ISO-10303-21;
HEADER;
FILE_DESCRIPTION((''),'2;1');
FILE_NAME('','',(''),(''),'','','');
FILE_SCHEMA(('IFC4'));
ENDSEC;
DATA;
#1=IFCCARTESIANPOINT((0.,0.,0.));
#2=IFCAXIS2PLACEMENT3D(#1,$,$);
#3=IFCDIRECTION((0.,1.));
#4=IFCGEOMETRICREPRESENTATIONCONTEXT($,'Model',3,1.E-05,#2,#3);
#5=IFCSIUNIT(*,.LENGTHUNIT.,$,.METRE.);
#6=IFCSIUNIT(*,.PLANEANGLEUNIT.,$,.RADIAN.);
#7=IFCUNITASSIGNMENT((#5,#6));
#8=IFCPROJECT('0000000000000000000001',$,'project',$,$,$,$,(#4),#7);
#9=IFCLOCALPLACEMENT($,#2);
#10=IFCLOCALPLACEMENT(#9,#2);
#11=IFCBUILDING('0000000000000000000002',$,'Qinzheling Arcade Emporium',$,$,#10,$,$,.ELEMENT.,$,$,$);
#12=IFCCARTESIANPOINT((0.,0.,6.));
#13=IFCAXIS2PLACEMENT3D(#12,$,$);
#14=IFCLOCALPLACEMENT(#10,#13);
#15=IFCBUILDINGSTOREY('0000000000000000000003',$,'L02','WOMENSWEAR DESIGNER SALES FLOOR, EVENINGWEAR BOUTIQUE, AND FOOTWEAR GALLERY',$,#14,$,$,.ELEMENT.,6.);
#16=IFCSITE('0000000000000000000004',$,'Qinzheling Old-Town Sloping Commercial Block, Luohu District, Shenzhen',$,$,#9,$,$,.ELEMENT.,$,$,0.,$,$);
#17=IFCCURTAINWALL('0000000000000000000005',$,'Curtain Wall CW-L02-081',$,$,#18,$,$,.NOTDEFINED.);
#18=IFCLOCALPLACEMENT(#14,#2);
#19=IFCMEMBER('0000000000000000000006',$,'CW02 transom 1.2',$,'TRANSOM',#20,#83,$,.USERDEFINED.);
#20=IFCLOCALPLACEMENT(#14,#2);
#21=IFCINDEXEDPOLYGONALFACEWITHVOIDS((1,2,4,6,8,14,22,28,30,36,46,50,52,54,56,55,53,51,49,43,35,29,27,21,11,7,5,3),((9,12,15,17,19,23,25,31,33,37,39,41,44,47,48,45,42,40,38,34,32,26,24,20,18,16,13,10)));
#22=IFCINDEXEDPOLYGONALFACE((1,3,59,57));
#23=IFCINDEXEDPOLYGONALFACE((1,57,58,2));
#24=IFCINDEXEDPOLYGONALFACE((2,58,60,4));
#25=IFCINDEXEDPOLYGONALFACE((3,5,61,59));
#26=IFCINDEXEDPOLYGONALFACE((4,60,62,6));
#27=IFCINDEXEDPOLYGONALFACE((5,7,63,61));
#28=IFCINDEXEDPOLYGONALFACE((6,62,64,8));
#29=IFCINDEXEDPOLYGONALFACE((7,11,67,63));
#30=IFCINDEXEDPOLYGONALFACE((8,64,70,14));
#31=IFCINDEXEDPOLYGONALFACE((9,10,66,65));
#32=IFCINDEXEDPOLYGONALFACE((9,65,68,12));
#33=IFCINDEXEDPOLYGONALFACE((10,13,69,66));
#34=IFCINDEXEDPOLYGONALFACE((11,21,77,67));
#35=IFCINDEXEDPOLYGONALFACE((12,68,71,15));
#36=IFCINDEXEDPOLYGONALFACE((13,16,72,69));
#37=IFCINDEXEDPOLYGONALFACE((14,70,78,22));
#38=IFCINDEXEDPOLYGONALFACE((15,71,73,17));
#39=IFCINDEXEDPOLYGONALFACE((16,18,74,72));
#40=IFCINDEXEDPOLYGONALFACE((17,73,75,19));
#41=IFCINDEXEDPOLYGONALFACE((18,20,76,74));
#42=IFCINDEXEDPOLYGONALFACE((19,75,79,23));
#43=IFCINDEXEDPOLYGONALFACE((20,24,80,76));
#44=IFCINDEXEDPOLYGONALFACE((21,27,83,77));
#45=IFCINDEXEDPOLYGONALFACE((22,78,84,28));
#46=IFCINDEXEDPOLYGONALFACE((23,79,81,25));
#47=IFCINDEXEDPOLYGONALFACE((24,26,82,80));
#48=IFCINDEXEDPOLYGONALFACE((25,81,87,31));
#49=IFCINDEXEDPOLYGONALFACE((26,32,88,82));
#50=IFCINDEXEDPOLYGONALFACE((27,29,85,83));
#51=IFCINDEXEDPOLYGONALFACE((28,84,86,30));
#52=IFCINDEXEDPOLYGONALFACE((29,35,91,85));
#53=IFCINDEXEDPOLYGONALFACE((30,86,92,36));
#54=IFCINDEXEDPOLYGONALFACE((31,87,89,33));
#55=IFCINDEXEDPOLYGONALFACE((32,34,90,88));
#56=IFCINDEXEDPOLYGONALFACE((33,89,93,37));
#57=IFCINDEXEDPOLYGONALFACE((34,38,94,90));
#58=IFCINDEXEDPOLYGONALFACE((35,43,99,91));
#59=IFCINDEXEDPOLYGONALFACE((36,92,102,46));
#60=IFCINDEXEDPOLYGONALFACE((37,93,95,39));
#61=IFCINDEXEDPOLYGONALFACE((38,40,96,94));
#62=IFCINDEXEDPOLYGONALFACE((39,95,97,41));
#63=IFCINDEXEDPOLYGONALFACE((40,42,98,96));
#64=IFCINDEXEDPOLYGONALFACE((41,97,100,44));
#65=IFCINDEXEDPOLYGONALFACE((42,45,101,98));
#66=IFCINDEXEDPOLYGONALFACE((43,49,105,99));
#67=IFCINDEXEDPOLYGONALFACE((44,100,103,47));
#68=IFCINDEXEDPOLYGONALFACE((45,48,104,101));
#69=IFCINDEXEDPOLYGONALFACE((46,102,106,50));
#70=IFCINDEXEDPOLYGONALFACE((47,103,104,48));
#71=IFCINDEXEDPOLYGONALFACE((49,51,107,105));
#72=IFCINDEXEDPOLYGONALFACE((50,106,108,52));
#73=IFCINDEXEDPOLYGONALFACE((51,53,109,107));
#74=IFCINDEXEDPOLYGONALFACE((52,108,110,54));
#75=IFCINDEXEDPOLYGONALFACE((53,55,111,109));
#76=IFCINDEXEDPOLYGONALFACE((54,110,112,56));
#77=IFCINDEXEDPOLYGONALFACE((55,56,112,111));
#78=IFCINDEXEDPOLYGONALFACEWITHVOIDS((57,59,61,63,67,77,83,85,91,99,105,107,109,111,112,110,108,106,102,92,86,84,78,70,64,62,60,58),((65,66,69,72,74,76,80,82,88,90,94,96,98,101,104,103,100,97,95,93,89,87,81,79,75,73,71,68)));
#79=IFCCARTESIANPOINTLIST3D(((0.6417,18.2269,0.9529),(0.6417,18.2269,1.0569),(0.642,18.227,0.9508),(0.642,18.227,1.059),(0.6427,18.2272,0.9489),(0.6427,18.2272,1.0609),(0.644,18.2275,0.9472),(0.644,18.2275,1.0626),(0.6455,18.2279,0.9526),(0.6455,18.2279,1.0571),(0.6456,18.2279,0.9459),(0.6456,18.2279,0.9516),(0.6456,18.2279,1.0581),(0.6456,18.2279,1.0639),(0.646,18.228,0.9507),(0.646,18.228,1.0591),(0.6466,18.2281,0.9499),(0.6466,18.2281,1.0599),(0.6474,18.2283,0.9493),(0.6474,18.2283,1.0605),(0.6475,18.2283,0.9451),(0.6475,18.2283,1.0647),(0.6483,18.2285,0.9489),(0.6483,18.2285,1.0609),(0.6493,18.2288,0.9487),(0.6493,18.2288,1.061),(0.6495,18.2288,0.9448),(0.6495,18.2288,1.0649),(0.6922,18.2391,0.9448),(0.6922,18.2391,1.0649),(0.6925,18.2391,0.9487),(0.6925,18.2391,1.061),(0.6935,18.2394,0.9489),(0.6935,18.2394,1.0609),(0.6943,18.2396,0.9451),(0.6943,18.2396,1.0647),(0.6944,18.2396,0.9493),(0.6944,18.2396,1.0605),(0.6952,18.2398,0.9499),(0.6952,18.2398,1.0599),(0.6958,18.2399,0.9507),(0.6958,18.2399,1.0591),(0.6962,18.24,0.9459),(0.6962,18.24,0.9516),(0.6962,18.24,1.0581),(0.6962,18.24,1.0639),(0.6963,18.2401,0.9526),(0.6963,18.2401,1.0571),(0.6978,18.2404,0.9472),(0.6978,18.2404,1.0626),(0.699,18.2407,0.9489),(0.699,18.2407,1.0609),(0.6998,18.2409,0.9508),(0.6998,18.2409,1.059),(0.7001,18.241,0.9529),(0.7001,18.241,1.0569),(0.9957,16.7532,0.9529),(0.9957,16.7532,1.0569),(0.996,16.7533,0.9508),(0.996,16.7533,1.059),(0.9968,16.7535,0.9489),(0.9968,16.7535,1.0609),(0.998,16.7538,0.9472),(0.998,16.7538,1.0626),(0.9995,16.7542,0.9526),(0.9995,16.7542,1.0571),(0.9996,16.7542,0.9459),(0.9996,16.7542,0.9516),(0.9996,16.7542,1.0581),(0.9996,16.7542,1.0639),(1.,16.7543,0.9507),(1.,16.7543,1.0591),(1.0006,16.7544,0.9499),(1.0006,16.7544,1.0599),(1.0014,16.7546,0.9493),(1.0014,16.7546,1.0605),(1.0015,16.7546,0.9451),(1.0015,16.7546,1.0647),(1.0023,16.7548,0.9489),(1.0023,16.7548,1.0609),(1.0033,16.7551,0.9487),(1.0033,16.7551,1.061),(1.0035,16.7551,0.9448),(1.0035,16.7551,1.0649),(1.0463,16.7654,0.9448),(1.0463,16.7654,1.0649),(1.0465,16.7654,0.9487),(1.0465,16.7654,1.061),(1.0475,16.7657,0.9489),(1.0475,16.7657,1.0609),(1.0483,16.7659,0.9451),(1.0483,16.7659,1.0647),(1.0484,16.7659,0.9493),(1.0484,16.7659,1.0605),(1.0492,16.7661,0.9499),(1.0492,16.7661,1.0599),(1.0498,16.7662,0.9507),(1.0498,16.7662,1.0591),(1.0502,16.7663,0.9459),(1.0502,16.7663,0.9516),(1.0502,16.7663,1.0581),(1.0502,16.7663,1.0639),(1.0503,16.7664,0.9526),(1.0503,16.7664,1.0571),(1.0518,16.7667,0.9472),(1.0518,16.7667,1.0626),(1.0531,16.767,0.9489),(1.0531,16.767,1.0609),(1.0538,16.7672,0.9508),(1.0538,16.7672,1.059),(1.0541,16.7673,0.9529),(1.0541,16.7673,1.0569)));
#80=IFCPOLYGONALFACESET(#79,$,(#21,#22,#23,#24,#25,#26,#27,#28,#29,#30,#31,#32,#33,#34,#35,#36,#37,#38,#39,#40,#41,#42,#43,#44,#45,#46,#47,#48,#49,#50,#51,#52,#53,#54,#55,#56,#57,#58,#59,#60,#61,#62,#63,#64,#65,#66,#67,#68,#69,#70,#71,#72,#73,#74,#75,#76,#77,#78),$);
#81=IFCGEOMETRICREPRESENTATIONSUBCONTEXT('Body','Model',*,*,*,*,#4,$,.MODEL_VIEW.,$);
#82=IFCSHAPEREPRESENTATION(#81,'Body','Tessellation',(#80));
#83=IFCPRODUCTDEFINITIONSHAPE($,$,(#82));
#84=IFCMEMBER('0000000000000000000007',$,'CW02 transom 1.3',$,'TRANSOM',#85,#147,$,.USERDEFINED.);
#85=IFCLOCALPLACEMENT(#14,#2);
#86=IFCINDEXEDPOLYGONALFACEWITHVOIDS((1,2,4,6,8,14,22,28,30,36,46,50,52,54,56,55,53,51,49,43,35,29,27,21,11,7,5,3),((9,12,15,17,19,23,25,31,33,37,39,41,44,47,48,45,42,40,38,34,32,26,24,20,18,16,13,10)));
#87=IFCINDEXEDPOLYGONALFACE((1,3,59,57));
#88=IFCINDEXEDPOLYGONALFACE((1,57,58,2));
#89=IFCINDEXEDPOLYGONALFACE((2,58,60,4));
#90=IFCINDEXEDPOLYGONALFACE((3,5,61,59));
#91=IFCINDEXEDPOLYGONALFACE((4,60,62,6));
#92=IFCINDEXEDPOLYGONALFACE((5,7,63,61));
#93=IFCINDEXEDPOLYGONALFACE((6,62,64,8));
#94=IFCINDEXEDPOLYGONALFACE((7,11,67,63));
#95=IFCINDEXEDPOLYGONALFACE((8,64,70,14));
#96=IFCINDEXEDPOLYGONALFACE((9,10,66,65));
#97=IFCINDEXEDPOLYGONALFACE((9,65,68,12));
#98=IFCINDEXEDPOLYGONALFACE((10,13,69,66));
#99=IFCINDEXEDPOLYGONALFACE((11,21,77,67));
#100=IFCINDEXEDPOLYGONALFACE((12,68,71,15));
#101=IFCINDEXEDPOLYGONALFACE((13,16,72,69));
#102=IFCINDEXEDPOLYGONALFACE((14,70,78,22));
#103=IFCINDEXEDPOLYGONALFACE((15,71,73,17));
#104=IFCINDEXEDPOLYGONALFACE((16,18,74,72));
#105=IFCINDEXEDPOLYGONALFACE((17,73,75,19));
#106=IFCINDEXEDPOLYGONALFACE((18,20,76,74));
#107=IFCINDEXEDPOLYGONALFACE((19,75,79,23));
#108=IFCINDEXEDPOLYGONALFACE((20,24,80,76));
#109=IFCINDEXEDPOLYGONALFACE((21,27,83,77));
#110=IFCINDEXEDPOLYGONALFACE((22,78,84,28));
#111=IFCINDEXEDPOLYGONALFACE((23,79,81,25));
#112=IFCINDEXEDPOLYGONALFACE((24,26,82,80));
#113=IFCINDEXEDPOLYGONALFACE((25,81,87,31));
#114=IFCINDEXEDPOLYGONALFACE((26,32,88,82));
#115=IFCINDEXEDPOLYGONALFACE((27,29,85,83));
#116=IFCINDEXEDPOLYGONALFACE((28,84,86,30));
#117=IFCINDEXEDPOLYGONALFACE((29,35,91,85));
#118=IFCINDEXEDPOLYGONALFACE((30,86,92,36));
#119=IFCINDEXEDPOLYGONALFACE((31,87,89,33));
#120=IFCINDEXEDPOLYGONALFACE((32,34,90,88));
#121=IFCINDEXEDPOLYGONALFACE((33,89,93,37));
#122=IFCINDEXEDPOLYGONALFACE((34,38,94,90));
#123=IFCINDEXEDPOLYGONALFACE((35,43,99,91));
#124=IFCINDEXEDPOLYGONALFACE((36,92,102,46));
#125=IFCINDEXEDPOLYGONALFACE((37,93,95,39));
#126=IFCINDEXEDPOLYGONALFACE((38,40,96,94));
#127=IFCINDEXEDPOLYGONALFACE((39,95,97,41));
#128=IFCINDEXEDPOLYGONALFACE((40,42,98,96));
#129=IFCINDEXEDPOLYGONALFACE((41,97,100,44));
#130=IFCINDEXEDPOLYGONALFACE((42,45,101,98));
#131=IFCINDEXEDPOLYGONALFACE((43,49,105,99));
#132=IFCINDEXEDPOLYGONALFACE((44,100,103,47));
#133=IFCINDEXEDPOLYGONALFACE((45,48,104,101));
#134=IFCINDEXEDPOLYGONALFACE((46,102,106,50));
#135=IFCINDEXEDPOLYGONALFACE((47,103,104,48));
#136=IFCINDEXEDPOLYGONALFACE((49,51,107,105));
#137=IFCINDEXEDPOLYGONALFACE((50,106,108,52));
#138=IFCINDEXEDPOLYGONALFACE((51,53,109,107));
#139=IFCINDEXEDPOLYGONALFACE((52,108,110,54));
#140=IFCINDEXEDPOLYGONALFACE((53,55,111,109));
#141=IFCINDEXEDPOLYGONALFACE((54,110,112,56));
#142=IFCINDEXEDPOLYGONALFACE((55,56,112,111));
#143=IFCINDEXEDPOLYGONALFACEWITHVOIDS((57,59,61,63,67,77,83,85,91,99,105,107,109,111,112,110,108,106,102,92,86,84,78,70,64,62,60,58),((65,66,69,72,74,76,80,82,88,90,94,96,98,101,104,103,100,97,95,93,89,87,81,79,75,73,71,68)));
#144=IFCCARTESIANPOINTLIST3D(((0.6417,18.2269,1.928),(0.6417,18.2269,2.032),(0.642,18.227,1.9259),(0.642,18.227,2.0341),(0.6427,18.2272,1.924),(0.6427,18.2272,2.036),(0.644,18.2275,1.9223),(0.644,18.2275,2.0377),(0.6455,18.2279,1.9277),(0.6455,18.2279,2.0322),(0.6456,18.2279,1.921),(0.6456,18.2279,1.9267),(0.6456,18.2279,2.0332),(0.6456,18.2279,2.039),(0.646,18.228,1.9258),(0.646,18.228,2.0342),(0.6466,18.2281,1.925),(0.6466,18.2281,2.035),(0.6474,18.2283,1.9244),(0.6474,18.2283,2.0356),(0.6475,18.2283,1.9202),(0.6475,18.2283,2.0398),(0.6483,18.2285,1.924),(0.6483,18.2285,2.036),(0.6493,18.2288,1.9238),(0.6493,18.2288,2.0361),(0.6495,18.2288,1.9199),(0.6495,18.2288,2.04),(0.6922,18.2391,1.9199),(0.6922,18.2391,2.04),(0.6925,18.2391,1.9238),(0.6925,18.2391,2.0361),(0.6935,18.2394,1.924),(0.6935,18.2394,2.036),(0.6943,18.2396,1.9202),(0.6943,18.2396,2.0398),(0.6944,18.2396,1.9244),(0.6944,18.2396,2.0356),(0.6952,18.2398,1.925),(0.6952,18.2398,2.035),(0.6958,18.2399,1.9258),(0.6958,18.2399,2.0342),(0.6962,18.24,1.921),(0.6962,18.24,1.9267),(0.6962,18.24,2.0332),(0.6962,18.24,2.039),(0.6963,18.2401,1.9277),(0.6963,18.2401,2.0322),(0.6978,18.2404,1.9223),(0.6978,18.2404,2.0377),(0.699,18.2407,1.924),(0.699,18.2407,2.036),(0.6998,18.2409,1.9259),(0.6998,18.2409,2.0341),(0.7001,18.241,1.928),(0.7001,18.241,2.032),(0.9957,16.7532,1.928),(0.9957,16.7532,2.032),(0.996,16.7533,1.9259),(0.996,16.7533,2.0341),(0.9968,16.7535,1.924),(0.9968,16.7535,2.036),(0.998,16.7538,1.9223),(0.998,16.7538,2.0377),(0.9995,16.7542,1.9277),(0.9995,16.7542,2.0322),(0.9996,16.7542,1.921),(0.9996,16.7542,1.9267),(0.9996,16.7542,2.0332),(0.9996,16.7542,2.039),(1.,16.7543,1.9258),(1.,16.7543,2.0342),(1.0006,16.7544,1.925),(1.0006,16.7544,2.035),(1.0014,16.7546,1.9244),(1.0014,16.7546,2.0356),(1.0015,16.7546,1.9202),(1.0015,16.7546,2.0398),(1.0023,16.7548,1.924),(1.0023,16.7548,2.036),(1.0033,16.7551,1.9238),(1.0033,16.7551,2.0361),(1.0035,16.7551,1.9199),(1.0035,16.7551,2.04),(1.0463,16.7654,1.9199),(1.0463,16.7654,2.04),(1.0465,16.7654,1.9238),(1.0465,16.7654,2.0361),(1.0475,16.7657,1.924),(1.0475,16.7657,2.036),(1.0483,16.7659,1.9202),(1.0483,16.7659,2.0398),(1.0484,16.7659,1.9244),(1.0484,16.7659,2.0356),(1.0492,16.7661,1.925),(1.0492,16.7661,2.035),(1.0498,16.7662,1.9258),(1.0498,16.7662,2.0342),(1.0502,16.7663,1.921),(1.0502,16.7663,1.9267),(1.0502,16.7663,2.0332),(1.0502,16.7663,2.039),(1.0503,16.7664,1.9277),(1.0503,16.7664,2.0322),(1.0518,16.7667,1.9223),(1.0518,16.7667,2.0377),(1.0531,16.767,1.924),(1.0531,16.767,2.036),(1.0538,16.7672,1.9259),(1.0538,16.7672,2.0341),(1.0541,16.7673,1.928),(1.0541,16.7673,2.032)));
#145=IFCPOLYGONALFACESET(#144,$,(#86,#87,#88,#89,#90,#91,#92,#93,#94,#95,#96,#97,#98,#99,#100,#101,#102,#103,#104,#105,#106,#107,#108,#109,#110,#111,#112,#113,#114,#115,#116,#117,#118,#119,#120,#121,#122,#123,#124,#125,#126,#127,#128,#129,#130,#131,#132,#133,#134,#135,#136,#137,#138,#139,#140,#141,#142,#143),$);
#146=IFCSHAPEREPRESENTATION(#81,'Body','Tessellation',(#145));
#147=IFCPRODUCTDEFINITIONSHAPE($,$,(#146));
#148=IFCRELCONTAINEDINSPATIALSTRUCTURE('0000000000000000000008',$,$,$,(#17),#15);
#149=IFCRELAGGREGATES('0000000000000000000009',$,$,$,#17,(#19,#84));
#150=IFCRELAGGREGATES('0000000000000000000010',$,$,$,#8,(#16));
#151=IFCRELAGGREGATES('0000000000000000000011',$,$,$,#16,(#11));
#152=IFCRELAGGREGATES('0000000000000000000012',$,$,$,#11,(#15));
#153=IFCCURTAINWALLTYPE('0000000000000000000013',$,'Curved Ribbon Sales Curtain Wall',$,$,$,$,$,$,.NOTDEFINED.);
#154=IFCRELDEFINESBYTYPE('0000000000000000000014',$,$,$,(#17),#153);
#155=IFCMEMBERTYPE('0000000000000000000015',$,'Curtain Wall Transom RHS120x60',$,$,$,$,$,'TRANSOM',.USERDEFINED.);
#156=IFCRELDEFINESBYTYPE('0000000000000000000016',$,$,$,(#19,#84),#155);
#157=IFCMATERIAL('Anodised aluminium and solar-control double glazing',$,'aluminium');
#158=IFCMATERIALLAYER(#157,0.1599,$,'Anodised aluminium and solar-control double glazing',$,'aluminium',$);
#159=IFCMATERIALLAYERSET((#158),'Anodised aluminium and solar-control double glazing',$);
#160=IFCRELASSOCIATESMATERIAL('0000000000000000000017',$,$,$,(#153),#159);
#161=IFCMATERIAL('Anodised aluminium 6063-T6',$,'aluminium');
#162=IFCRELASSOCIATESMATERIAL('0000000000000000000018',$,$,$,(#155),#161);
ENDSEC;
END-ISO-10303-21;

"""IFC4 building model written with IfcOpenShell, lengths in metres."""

from ifc_helpers import new_model, si_unit, direction, frame, origin, origin_2d, place, context, subcontext, project, spatial, hollow_rectangle, extrude, material, layer, layer_set, material_profile, profile_set, type_object, element, aggregate, save


model = new_model("IFC4")

# Units and contexts
model_context = context("Model", 3, precision=1e-05, world=origin(), true_north=direction((0.0, 1.0)))
body_context = subcontext(model_context, "Body", "Model", "MODEL_VIEW")
ifc_project = project(units=[si_unit("LENGTHUNIT", "METRE"), si_unit("PLANEANGLEUNIT", "RADIAN")], contexts=[model_context])

# Site, building, storey
site_placement = place(None, origin())
site = spatial("IfcSite", under=ifc_project, at=site_placement, Name="Qinzheling Old-Town Sloping Commercial Block, Luohu District, Shenzhen", CompositionType="ELEMENT", RefElevation=0.0)
building_placement = place(site_placement, origin())
building = spatial("IfcBuilding", under=site, at=building_placement, Name="Qinzheling Arcade Emporium", CompositionType="ELEMENT")
storey_placement = place(building_placement, frame((0.0, 0.0, 6.0)))
storey = spatial("IfcBuildingStorey", under=building, at=storey_placement, Name="L02", Description="WOMENSWEAR DESIGNER SALES FLOOR, EVENINGWEAR BOUTIQUE, AND FOOTWEAR GALLERY", CompositionType="ELEMENT", Elevation=6.0)

# Curtain wall, members
ifc_material_1 = material(Name="Anodised aluminium and solar-control double glazing", Category="aluminium")
ifc_layer_1 = layer(ifc_material_1, 0.1599, Name="Anodised aluminium and solar-control double glazing", Category="aluminium")
ifc_layer_set_1 = layer_set([ifc_layer_1], Name="Anodised aluminium and solar-control double glazing")
curtain_wall_type = type_object("IfcCurtainWallType", Name="Curved Ribbon Sales Curtain Wall", PredefinedType="NOTDEFINED", material=ifc_layer_set_1)
curtain_wall_placement = place(storey_placement, origin())
curtain_wall = element("IfcCurtainWall", 1, at=curtain_wall_placement, inside=storey, type_object=curtain_wall_type, Name="Curtain Wall CW-L02-081", PredefinedType="NOTDEFINED")
ifc_material_2 = material(Name="Anodised aluminium 6063-T6", Category="aluminium")
ifc_material_profile_1 = material_profile(ifc_material_2, hollow_rectangle(XDim=0.0601, YDim=0.1201, WallThickness=0.0039, InnerFilletRadius=0.0039, OuterFilletRadius=0.0081, at=origin_2d()), Name="RHS 120x60x4", Category="aluminium")
ifc_profile_set_1 = profile_set([ifc_material_profile_1], Name="Anodised aluminium 6063-T6")
member_type_1 = type_object("IfcMemberType", Name="Curtain Wall Transom RHS120x60", ElementType="TRANSOM", PredefinedType="USERDEFINED", material=ifc_profile_set_1)
member_1_placement = place(storey_placement, frame((1.0249, 16.7603, 1.0049), z_axis=(-0.23358, 0.972338, 0.0), x_axis=(-0.972338, -0.23358, 0.0)))
member_1 = element("IfcMember", 2, at=member_1_placement, type_object=member_type_1, Name="CW02 transom 1.2", ObjectType="TRANSOM", PredefinedType="USERDEFINED", context=body_context, shape_type="SweptSolid", body=[
    extrude(hollow_rectangle(XDim=0.0601, YDim=0.1201, WallThickness=0.0039, InnerFilletRadius=0.0039, OuterFilletRadius=0.0081, at=origin_2d()), origin(), (0.0, 0.0, 1.0), 1.5156),
])
member_2_placement = place(storey_placement, frame((1.0249, 16.7603, 1.98), z_axis=(-0.23358, 0.972338, 0.0), x_axis=(-0.972338, -0.23358, 0.0)))
member_2 = element("IfcMember", 3, at=member_2_placement, type_object=member_type_1, Name="CW02 transom 1.3", ObjectType="TRANSOM", PredefinedType="USERDEFINED", context=body_context, shape_type="SweptSolid", body=[
    extrude(hollow_rectangle(XDim=0.0601, YDim=0.1201, WallThickness=0.0039, InnerFilletRadius=0.0039, OuterFilletRadius=0.0081, at=origin_2d()), origin(), (0.0, 0.0, 1.0), 1.5156),
])

aggregate(curtain_wall, [member_1, member_2])

save(model, "model.ifc")
